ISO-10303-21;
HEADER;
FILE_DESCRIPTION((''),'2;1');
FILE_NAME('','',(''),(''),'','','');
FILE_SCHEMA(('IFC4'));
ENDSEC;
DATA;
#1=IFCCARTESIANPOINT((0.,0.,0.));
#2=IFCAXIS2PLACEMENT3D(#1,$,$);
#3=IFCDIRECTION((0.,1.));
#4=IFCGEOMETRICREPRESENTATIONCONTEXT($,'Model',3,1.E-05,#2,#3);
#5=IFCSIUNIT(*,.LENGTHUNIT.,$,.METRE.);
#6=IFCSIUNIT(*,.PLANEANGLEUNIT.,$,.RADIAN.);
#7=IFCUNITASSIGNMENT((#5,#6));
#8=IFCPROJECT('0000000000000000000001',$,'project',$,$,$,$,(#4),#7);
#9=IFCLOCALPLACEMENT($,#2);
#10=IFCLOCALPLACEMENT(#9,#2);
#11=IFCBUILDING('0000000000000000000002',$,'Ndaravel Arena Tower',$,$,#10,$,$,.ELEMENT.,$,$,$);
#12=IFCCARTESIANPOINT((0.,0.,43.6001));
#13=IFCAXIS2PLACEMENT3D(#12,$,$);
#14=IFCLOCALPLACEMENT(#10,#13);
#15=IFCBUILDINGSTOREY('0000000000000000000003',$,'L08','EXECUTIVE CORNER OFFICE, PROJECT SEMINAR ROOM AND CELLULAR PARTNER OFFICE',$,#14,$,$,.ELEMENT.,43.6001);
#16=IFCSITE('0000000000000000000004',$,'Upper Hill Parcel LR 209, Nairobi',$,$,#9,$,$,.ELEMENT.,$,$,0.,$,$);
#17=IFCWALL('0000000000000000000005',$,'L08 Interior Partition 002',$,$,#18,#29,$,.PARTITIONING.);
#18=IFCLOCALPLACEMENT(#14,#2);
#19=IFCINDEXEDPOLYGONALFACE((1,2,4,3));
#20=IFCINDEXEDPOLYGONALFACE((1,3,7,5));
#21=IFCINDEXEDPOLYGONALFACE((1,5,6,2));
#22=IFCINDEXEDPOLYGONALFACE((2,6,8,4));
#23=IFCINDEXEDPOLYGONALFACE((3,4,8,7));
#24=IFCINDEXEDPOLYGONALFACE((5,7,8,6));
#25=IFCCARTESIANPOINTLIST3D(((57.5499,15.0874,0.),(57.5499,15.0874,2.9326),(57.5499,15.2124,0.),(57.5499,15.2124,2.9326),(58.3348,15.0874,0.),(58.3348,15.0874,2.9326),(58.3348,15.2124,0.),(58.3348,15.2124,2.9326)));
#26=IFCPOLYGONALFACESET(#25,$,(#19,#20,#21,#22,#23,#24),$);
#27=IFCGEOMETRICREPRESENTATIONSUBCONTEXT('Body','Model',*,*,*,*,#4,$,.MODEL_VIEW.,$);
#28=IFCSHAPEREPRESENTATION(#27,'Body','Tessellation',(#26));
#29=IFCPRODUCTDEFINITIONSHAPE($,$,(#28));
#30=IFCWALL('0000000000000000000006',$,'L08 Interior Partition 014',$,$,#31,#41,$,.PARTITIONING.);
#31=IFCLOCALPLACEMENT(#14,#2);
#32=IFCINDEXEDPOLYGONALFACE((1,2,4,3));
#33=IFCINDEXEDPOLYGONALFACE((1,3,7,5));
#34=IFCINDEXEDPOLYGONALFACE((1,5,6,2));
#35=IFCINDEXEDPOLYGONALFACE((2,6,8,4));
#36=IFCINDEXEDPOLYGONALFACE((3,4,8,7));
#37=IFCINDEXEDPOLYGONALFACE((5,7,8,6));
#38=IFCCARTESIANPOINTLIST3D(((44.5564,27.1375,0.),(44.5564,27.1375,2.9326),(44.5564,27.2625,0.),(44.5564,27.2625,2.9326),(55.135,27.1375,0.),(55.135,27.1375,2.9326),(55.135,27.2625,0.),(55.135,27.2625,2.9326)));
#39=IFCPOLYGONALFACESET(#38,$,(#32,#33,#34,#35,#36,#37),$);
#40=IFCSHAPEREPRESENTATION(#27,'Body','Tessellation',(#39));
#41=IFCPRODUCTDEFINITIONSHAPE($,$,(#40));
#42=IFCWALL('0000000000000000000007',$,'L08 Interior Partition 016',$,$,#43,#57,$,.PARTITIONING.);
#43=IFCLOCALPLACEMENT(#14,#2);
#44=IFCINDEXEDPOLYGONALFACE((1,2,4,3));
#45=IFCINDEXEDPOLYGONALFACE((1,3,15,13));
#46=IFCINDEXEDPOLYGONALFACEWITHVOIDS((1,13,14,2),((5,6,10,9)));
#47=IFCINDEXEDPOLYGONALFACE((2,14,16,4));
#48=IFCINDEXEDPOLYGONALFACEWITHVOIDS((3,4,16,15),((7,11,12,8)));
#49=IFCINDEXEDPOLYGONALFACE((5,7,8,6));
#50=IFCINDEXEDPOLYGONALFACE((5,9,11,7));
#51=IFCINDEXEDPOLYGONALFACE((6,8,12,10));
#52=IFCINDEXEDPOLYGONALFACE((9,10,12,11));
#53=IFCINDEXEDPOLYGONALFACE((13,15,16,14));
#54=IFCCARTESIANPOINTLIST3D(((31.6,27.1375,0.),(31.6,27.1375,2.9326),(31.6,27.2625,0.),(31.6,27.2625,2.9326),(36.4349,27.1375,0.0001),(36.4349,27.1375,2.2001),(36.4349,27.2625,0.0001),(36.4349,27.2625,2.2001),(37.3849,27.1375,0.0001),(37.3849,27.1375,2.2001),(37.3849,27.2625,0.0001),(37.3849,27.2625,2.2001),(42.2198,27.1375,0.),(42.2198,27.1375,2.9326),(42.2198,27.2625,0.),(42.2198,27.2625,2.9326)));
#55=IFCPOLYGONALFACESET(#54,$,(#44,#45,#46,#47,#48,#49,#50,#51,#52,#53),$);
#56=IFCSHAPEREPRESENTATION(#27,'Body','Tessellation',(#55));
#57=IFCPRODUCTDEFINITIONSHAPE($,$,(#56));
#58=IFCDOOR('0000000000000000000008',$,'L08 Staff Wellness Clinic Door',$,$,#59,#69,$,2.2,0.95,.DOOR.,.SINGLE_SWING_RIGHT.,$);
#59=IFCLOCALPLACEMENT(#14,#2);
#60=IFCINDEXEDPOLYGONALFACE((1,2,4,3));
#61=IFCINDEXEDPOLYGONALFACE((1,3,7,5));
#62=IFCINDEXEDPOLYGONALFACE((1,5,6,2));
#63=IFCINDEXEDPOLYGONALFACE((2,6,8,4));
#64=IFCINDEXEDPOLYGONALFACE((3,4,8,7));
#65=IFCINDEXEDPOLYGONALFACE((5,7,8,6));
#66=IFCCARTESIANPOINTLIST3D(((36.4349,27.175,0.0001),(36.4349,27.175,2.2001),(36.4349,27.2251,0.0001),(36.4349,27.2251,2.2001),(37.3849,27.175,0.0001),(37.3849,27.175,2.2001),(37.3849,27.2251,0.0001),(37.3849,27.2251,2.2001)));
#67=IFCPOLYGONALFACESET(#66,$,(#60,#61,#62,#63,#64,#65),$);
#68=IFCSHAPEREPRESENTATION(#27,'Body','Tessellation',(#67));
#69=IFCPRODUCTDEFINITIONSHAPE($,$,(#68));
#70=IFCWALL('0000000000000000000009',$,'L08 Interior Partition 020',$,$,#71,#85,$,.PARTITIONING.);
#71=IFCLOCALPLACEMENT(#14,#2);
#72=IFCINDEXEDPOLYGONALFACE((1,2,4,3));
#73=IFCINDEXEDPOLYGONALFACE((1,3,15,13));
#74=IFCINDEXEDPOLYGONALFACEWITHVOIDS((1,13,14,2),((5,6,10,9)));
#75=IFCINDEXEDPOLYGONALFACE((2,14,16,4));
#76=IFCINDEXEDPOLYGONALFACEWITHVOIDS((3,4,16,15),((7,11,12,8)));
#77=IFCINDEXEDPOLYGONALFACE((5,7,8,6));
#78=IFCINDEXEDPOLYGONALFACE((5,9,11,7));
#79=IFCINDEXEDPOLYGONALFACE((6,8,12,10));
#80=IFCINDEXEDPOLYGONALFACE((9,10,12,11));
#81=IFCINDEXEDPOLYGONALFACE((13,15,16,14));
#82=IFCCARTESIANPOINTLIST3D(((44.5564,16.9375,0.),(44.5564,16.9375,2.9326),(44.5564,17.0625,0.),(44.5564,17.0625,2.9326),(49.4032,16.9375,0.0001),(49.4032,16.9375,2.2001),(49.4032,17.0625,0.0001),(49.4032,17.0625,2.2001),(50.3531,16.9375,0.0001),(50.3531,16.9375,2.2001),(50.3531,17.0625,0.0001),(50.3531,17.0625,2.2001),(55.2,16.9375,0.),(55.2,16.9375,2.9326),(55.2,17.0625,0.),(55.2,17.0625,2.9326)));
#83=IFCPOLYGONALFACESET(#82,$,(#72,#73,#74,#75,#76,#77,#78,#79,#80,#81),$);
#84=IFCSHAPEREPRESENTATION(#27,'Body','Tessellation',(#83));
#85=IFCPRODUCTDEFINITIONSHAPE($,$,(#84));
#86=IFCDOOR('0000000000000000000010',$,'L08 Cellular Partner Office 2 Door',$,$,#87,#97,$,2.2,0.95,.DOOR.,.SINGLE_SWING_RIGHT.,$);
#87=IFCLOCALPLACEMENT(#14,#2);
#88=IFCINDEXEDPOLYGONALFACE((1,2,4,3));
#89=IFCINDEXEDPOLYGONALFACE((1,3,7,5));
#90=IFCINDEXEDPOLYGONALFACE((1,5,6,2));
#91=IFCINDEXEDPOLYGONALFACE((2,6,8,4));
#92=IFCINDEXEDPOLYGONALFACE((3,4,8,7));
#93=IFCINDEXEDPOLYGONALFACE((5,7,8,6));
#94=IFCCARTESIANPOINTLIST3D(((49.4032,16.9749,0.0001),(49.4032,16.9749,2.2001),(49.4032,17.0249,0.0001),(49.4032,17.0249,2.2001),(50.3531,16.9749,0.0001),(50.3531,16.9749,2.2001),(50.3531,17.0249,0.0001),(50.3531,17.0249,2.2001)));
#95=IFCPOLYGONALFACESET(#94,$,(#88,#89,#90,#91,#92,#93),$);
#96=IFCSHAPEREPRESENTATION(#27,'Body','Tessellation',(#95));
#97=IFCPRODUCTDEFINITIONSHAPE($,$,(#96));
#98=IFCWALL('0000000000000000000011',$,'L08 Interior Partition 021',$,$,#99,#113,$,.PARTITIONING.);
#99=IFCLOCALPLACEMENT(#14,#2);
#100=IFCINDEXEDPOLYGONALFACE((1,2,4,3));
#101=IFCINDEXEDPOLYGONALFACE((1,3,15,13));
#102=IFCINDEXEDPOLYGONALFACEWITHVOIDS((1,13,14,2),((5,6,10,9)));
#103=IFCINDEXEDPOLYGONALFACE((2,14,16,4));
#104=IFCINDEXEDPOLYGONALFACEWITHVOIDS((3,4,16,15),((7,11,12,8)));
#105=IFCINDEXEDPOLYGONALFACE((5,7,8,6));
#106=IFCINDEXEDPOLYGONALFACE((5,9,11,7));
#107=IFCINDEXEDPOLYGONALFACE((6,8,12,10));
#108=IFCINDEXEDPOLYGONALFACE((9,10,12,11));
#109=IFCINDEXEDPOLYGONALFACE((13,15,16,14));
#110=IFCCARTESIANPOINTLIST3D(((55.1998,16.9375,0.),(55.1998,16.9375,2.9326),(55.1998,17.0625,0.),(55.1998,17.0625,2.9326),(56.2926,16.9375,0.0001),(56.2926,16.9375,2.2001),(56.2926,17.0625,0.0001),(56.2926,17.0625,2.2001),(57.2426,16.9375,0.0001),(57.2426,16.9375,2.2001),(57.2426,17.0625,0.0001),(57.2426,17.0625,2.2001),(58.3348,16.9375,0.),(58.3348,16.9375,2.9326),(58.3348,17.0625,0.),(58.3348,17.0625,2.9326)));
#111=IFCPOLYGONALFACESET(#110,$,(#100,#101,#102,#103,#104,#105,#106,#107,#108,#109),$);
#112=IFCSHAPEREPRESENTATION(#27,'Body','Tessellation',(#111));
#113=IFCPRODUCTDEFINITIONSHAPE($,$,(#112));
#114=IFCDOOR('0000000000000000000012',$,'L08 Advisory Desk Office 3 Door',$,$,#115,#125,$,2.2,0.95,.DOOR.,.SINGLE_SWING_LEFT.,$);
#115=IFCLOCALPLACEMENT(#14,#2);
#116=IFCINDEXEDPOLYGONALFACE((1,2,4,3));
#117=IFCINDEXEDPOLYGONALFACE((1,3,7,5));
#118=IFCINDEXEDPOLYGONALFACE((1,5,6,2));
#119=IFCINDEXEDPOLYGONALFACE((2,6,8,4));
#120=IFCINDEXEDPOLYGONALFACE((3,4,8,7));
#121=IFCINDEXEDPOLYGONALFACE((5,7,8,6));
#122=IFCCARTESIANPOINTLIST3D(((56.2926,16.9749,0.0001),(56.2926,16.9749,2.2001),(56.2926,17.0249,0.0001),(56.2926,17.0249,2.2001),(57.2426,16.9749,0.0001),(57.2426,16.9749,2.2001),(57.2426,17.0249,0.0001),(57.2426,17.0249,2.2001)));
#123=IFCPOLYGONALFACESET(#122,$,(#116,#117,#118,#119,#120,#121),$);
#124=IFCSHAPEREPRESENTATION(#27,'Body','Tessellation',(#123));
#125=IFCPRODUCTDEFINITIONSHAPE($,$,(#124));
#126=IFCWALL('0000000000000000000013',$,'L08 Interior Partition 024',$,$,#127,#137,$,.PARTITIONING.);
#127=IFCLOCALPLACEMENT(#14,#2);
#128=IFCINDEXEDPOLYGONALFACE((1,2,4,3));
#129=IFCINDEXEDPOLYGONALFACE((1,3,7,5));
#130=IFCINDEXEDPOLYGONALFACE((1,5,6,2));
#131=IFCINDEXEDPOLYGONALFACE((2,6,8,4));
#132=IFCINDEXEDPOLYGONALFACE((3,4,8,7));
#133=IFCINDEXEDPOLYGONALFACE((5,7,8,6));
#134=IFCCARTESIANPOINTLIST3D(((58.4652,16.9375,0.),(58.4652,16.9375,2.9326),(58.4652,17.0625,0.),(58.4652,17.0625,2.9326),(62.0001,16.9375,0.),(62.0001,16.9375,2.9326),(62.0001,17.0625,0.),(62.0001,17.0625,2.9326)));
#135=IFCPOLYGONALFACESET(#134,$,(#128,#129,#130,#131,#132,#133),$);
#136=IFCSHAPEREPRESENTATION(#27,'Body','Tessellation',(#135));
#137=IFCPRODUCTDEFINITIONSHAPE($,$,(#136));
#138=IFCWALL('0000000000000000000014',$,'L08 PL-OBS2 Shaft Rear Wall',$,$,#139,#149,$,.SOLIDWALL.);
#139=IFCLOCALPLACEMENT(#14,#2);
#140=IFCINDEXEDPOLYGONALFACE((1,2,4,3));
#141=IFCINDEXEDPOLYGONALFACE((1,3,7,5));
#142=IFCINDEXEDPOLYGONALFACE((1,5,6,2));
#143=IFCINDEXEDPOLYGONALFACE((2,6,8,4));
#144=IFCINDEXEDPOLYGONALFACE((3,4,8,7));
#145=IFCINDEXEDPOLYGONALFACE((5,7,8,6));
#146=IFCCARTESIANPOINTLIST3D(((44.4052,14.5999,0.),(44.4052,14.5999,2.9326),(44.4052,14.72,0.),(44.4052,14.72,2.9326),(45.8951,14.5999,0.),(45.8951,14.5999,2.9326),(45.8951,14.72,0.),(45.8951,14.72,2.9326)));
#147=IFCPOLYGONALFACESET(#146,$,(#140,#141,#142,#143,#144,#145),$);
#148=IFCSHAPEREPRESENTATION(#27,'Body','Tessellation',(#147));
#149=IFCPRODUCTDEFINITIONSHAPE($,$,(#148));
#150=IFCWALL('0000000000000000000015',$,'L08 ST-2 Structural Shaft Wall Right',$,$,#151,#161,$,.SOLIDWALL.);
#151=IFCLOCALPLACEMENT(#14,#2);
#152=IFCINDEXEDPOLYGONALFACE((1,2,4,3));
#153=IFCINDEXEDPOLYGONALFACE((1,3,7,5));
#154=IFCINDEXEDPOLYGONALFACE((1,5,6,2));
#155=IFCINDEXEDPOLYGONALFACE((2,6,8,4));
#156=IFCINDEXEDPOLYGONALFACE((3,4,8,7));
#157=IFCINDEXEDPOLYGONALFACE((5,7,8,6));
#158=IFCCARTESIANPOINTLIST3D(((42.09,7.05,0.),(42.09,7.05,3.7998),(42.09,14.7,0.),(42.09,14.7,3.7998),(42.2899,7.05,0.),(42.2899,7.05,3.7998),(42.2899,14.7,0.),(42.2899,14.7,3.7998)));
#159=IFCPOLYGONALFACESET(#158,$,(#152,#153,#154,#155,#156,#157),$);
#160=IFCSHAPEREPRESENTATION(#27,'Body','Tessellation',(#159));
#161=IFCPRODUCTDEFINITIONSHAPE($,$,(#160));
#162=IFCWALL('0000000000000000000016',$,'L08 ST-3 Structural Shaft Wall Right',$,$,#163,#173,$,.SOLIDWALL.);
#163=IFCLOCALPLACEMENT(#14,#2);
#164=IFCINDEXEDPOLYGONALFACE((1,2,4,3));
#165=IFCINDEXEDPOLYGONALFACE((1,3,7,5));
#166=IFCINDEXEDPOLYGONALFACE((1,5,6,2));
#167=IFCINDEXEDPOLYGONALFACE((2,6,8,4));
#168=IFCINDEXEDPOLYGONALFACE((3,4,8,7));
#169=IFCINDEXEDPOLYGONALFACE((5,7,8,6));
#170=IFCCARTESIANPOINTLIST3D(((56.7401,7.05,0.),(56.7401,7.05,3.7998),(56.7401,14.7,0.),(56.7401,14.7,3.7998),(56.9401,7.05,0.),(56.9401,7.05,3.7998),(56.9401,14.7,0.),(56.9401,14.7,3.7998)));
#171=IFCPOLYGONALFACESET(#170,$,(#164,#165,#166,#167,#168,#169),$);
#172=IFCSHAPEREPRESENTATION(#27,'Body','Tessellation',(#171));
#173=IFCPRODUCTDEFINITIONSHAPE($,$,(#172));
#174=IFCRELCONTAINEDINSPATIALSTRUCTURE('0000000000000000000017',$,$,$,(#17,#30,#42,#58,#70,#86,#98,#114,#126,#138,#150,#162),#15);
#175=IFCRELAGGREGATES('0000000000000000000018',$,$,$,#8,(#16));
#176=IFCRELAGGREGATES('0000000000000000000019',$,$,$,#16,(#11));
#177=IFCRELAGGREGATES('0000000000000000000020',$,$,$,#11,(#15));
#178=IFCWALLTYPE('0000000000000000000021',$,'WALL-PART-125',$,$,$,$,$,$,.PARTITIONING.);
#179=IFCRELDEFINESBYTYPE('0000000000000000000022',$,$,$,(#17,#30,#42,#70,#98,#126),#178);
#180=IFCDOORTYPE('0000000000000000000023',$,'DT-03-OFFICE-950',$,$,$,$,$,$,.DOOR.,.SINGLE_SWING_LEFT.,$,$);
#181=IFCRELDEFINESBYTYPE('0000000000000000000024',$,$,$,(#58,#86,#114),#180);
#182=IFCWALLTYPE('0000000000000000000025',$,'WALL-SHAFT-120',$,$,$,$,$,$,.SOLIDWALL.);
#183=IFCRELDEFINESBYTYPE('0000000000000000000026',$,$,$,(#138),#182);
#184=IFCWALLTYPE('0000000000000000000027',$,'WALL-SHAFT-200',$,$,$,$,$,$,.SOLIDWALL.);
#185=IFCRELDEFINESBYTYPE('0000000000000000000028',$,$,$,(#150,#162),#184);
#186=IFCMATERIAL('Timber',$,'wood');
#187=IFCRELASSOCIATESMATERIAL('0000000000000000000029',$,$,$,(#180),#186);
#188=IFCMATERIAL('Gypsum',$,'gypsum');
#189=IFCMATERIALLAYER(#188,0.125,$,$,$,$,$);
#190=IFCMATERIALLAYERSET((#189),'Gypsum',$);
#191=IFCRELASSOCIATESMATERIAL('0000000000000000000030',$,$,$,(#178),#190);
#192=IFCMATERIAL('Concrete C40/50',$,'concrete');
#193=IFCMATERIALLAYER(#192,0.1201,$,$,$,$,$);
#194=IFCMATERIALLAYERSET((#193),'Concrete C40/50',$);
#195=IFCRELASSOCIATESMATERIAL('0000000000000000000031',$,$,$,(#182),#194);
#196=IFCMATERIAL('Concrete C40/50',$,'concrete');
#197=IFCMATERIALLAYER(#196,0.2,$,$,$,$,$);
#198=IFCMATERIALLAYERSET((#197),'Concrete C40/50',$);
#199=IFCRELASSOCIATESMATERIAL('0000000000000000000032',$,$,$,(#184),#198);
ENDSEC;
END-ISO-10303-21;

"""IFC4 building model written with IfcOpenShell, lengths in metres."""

from ifc_helpers import new_model, si_unit, direction, frame, frame_2d, origin, place, context, subcontext, project, spatial, rectangle, extrude, material, layer, layer_set, type_object, element, fill, save


model = new_model("IFC4")

# Units and contexts
model_context = context("Model", 3, precision=1e-05, world=origin(), true_north=direction((0.0, 1.0)))
body_context = subcontext(model_context, "Body", "Model", "MODEL_VIEW")
ifc_project = project(units=[si_unit("LENGTHUNIT", "METRE"), si_unit("PLANEANGLEUNIT", "RADIAN")], contexts=[model_context])

# Site, building, storey
site_placement = place(None, origin())
site = spatial("IfcSite", under=ifc_project, at=site_placement, Name="Upper Hill Parcel LR 209, Nairobi", CompositionType="ELEMENT", RefElevation=0.0)
building_placement = place(site_placement, origin())
building = spatial("IfcBuilding", under=site, at=building_placement, Name="Ndaravel Arena Tower", CompositionType="ELEMENT")
storey_placement = place(building_placement, frame((0.0, 0.0, 43.6001)))
storey = spatial("IfcBuildingStorey", under=building, at=storey_placement, Name="L08", Description="EXECUTIVE CORNER OFFICE, PROJECT SEMINAR ROOM AND CELLULAR PARTNER OFFICE", CompositionType="ELEMENT", Elevation=43.6001)

# Shared definitions
ifc_material_1 = material(Name="Timber", Category="wood")
door_type_1 = type_object("IfcDoorType", Name="DT-03-OFFICE-950", OperationType="SINGLE_SWING_LEFT", PredefinedType="DOOR", material=ifc_material_1)

# Walls
ifc_material_2 = material(Name="Gypsum", Category="gypsum")
ifc_layer_1 = layer(ifc_material_2, 0.125)
ifc_layer_set_1 = layer_set([ifc_layer_1], Name="Gypsum")
wall_type_1 = type_object("IfcWallType", Name="WALL-PART-125", PredefinedType="PARTITIONING", material=ifc_layer_set_1)
wall_1_placement = place(storey_placement, frame((58.335, 15.1499, 0.0), z_axis=(0.0, 0.0, 1.0), x_axis=(-1.0, 0.0, 0.0)))
element("IfcWall", 1, at=wall_1_placement, inside=storey, type_object=wall_type_1, Name="L08 Interior Partition 002", PredefinedType="PARTITIONING", context=body_context, shape_type="SweptSolid", body=[
    extrude(rectangle(XDim=0.7849, YDim=0.125, at=frame_2d((0.3926, 0.0))), origin(), (0.0, 0.0, 1.0), 2.9326),
])
wall_2_placement = place(storey_placement, frame((55.135, 27.2, 0.0), z_axis=(0.0, 0.0, 1.0), x_axis=(-1.0, 0.0, 0.0)))
element("IfcWall", 2, at=wall_2_placement, inside=storey, type_object=wall_type_1, Name="L08 Interior Partition 014", PredefinedType="PARTITIONING", context=body_context, shape_type="SweptSolid", body=[
    extrude(rectangle(XDim=10.5786, YDim=0.125, at=frame_2d((5.2893, 0.0))), origin(), (0.0, 0.0, 1.0), 2.9326),
])

# Walls, openings, doors
wall_3_placement = place(storey_placement, frame((42.22, 27.2, 0.0), z_axis=(0.0, 0.0, 1.0), x_axis=(-1.0, 0.0, 0.0)))
wall_3 = element("IfcWall", 3, at=wall_3_placement, inside=storey, type_object=wall_type_1, Name="L08 Interior Partition 016", PredefinedType="PARTITIONING", context=body_context, shape_type="SweptSolid", body=[
    extrude(rectangle(XDim=10.6199, YDim=0.125, at=frame_2d((5.3101, 0.0))), origin(), (0.0, 0.0, 1.0), 2.9326),
])
opening_1_placement = place(wall_3_placement, frame((4.835, 0.0, 0.0)))
opening_1 = element("IfcOpeningElement", 4, at=opening_1_placement, cuts=wall_3, PredefinedType="OPENING", context=body_context, shape_type="SweptSolid", body=[
    extrude(rectangle(XDim=0.95, YDim=2.2, at=frame_2d((0.4751, 1.1001))), frame((0.0, 0.0625, 0.0), z_axis=(0.0, -1.0, 0.0), x_axis=(1.0, 0.0, 0.0)), (0.0, 0.0, 1.0), 0.125),
])
door_1_placement = place(opening_1_placement, origin())
door_1 = element("IfcDoor", 5, at=door_1_placement, inside=storey, type_object=door_type_1, Name="L08 Staff Wellness Clinic Door", OperationType="SINGLE_SWING_RIGHT", OverallHeight=2.2, OverallWidth=0.95, PredefinedType="DOOR", context=body_context, shape_type="SweptSolid", body=[
    extrude(rectangle(XDim=0.95, YDim=2.2, at=frame_2d((0.4751, 1.1001))), frame((0.0, 0.0249, 0.0), z_axis=(0.0, -1.0, 0.0), x_axis=(1.0, 0.0, 0.0)), (0.0, 0.0, 1.0), 0.05),
])
fill(opening_1, door_1)
wall_4_placement = place(storey_placement, frame((44.5564, 17.0, 0.0), z_axis=(0.0, 0.0, 1.0), x_axis=(1.0, 0.0, 0.0)))
wall_4 = element("IfcWall", 6, at=wall_4_placement, inside=storey, type_object=wall_type_1, Name="L08 Interior Partition 020", PredefinedType="PARTITIONING", context=body_context, shape_type="SweptSolid", body=[
    extrude(rectangle(XDim=10.6436, YDim=0.125, at=frame_2d((5.3218, 0.0))), origin(), (0.0, 0.0, 1.0), 2.9326),
])
opening_2_placement = place(wall_4_placement, frame((4.8467, 0.0, 0.0)))
opening_2 = element("IfcOpeningElement", 7, at=opening_2_placement, cuts=wall_4, PredefinedType="OPENING", context=body_context, shape_type="SweptSolid", body=[
    extrude(rectangle(XDim=0.95, YDim=2.2, at=frame_2d((0.4751, 1.1001))), frame((0.0, 0.0625, 0.0), z_axis=(0.0, -1.0, 0.0), x_axis=(1.0, 0.0, 0.0)), (0.0, 0.0, 1.0), 0.125),
])
door_2_placement = place(opening_2_placement, origin())
door_2 = element("IfcDoor", 8, at=door_2_placement, inside=storey, type_object=door_type_1, Name="L08 Cellular Partner Office 2 Door", OperationType="SINGLE_SWING_RIGHT", OverallHeight=2.2, OverallWidth=0.95, PredefinedType="DOOR", context=body_context, shape_type="SweptSolid", body=[
    extrude(rectangle(XDim=0.95, YDim=2.2, at=frame_2d((0.4751, 1.1001))), frame((0.0, 0.0249, 0.0), z_axis=(0.0, -1.0, 0.0), x_axis=(1.0, 0.0, 0.0)), (0.0, 0.0, 1.0), 0.05),
])
fill(opening_2, door_2)
wall_5_placement = place(storey_placement, frame((55.2, 17.0, 0.0), z_axis=(0.0, 0.0, 1.0), x_axis=(1.0, 0.0, 0.0)))
wall_5 = element("IfcWall", 9, at=wall_5_placement, inside=storey, type_object=wall_type_1, Name="L08 Interior Partition 021", PredefinedType="PARTITIONING", context=body_context, shape_type="SweptSolid", body=[
    extrude(rectangle(XDim=3.135, YDim=0.125, at=frame_2d((1.5674, 0.0))), origin(), (0.0, 0.0, 1.0), 2.9326),
])
opening_3_placement = place(wall_5_placement, frame((1.0925, 0.0, 0.0)))
opening_3 = element("IfcOpeningElement", 10, at=opening_3_placement, cuts=wall_5, PredefinedType="OPENING", context=body_context, shape_type="SweptSolid", body=[
    extrude(rectangle(XDim=0.95, YDim=2.2, at=frame_2d((0.4751, 1.1001))), frame((0.0, 0.0625, 0.0), z_axis=(0.0, -1.0, 0.0), x_axis=(1.0, 0.0, 0.0)), (0.0, 0.0, 1.0), 0.125),
])
door_3_placement = place(opening_3_placement, origin())
door_3 = element("IfcDoor", 11, at=door_3_placement, inside=storey, type_object=door_type_1, Name="L08 Advisory Desk Office 3 Door", OperationType="SINGLE_SWING_LEFT", OverallHeight=2.2, OverallWidth=0.95, PredefinedType="DOOR", context=body_context, shape_type="SweptSolid", body=[
    extrude(rectangle(XDim=0.95, YDim=2.2, at=frame_2d((0.4751, 1.1001))), frame((0.0, 0.0249, 0.0), z_axis=(0.0, -1.0, 0.0), x_axis=(1.0, 0.0, 0.0)), (0.0, 0.0, 1.0), 0.05),
])
fill(opening_3, door_3)

# Walls
wall_6_placement = place(storey_placement, frame((58.4651, 17.0, 0.0), z_axis=(0.0, 0.0, 1.0), x_axis=(1.0, 0.0, 0.0)))
element("IfcWall", 12, at=wall_6_placement, inside=storey, type_object=wall_type_1, Name="L08 Interior Partition 024", PredefinedType="PARTITIONING", context=body_context, shape_type="SweptSolid", body=[
    extrude(rectangle(XDim=3.5349, YDim=0.125, at=frame_2d((1.7676, 0.0))), origin(), (0.0, 0.0, 1.0), 2.9326),
])
ifc_material_3 = material(Name="Concrete C40/50", Category="concrete")
ifc_layer_2 = layer(ifc_material_3, 0.1201)
ifc_layer_set_2 = layer_set([ifc_layer_2], Name="Concrete C40/50")
wall_type_2 = type_object("IfcWallType", Name="WALL-SHAFT-120", PredefinedType="SOLIDWALL", material=ifc_layer_set_2)
wall_7_placement = place(storey_placement, frame((44.405, 14.6599, 0.0), z_axis=(0.0, 0.0, 1.0), x_axis=(1.0, 0.0, 0.0)))
element("IfcWall", 13, at=wall_7_placement, inside=storey, type_object=wall_type_2, Name="L08 PL-OBS2 Shaft Rear Wall", PredefinedType="SOLIDWALL", context=body_context, shape_type="SweptSolid", body=[
    extrude(rectangle(XDim=1.49, YDim=0.1201, at=frame_2d((0.7451, 0.0))), origin(), (0.0, 0.0, 1.0), 2.9326),
])
ifc_material_4 = material(Name="Concrete C40/50", Category="concrete")
ifc_layer_3 = layer(ifc_material_4, 0.2)
ifc_layer_set_3 = layer_set([ifc_layer_3], Name="Concrete C40/50")
wall_type_3 = type_object("IfcWallType", Name="WALL-SHAFT-200", PredefinedType="SOLIDWALL", material=ifc_layer_set_3)
for number, where, z_axis, x_axis, name in (
    (14, (42.1899, 14.7, 0.0), (0.0, 0.0, 1.0), (0.0, -1.0, 0.0), "L08 ST-2 Structural Shaft Wall Right"),
    (15, (56.8401, 14.7, 0.0), (0.0, 0.0, 1.0), (0.0, -1.0, 0.0), "L08 ST-3 Structural Shaft Wall Right"),
):
    element("IfcWall", number, at=place(storey_placement, frame(where, z_axis=z_axis, x_axis=x_axis)), inside=storey, type_object=wall_type_3, Name=name, PredefinedType="SOLIDWALL", context=body_context, shape_type="SweptSolid", body=[
        extrude(rectangle(XDim=7.6499, YDim=0.2, at=frame_2d((3.825, 0.0))), origin(), (0.0, 0.0, 1.0), 3.7998),
    ])

save(model, "model.ifc")
